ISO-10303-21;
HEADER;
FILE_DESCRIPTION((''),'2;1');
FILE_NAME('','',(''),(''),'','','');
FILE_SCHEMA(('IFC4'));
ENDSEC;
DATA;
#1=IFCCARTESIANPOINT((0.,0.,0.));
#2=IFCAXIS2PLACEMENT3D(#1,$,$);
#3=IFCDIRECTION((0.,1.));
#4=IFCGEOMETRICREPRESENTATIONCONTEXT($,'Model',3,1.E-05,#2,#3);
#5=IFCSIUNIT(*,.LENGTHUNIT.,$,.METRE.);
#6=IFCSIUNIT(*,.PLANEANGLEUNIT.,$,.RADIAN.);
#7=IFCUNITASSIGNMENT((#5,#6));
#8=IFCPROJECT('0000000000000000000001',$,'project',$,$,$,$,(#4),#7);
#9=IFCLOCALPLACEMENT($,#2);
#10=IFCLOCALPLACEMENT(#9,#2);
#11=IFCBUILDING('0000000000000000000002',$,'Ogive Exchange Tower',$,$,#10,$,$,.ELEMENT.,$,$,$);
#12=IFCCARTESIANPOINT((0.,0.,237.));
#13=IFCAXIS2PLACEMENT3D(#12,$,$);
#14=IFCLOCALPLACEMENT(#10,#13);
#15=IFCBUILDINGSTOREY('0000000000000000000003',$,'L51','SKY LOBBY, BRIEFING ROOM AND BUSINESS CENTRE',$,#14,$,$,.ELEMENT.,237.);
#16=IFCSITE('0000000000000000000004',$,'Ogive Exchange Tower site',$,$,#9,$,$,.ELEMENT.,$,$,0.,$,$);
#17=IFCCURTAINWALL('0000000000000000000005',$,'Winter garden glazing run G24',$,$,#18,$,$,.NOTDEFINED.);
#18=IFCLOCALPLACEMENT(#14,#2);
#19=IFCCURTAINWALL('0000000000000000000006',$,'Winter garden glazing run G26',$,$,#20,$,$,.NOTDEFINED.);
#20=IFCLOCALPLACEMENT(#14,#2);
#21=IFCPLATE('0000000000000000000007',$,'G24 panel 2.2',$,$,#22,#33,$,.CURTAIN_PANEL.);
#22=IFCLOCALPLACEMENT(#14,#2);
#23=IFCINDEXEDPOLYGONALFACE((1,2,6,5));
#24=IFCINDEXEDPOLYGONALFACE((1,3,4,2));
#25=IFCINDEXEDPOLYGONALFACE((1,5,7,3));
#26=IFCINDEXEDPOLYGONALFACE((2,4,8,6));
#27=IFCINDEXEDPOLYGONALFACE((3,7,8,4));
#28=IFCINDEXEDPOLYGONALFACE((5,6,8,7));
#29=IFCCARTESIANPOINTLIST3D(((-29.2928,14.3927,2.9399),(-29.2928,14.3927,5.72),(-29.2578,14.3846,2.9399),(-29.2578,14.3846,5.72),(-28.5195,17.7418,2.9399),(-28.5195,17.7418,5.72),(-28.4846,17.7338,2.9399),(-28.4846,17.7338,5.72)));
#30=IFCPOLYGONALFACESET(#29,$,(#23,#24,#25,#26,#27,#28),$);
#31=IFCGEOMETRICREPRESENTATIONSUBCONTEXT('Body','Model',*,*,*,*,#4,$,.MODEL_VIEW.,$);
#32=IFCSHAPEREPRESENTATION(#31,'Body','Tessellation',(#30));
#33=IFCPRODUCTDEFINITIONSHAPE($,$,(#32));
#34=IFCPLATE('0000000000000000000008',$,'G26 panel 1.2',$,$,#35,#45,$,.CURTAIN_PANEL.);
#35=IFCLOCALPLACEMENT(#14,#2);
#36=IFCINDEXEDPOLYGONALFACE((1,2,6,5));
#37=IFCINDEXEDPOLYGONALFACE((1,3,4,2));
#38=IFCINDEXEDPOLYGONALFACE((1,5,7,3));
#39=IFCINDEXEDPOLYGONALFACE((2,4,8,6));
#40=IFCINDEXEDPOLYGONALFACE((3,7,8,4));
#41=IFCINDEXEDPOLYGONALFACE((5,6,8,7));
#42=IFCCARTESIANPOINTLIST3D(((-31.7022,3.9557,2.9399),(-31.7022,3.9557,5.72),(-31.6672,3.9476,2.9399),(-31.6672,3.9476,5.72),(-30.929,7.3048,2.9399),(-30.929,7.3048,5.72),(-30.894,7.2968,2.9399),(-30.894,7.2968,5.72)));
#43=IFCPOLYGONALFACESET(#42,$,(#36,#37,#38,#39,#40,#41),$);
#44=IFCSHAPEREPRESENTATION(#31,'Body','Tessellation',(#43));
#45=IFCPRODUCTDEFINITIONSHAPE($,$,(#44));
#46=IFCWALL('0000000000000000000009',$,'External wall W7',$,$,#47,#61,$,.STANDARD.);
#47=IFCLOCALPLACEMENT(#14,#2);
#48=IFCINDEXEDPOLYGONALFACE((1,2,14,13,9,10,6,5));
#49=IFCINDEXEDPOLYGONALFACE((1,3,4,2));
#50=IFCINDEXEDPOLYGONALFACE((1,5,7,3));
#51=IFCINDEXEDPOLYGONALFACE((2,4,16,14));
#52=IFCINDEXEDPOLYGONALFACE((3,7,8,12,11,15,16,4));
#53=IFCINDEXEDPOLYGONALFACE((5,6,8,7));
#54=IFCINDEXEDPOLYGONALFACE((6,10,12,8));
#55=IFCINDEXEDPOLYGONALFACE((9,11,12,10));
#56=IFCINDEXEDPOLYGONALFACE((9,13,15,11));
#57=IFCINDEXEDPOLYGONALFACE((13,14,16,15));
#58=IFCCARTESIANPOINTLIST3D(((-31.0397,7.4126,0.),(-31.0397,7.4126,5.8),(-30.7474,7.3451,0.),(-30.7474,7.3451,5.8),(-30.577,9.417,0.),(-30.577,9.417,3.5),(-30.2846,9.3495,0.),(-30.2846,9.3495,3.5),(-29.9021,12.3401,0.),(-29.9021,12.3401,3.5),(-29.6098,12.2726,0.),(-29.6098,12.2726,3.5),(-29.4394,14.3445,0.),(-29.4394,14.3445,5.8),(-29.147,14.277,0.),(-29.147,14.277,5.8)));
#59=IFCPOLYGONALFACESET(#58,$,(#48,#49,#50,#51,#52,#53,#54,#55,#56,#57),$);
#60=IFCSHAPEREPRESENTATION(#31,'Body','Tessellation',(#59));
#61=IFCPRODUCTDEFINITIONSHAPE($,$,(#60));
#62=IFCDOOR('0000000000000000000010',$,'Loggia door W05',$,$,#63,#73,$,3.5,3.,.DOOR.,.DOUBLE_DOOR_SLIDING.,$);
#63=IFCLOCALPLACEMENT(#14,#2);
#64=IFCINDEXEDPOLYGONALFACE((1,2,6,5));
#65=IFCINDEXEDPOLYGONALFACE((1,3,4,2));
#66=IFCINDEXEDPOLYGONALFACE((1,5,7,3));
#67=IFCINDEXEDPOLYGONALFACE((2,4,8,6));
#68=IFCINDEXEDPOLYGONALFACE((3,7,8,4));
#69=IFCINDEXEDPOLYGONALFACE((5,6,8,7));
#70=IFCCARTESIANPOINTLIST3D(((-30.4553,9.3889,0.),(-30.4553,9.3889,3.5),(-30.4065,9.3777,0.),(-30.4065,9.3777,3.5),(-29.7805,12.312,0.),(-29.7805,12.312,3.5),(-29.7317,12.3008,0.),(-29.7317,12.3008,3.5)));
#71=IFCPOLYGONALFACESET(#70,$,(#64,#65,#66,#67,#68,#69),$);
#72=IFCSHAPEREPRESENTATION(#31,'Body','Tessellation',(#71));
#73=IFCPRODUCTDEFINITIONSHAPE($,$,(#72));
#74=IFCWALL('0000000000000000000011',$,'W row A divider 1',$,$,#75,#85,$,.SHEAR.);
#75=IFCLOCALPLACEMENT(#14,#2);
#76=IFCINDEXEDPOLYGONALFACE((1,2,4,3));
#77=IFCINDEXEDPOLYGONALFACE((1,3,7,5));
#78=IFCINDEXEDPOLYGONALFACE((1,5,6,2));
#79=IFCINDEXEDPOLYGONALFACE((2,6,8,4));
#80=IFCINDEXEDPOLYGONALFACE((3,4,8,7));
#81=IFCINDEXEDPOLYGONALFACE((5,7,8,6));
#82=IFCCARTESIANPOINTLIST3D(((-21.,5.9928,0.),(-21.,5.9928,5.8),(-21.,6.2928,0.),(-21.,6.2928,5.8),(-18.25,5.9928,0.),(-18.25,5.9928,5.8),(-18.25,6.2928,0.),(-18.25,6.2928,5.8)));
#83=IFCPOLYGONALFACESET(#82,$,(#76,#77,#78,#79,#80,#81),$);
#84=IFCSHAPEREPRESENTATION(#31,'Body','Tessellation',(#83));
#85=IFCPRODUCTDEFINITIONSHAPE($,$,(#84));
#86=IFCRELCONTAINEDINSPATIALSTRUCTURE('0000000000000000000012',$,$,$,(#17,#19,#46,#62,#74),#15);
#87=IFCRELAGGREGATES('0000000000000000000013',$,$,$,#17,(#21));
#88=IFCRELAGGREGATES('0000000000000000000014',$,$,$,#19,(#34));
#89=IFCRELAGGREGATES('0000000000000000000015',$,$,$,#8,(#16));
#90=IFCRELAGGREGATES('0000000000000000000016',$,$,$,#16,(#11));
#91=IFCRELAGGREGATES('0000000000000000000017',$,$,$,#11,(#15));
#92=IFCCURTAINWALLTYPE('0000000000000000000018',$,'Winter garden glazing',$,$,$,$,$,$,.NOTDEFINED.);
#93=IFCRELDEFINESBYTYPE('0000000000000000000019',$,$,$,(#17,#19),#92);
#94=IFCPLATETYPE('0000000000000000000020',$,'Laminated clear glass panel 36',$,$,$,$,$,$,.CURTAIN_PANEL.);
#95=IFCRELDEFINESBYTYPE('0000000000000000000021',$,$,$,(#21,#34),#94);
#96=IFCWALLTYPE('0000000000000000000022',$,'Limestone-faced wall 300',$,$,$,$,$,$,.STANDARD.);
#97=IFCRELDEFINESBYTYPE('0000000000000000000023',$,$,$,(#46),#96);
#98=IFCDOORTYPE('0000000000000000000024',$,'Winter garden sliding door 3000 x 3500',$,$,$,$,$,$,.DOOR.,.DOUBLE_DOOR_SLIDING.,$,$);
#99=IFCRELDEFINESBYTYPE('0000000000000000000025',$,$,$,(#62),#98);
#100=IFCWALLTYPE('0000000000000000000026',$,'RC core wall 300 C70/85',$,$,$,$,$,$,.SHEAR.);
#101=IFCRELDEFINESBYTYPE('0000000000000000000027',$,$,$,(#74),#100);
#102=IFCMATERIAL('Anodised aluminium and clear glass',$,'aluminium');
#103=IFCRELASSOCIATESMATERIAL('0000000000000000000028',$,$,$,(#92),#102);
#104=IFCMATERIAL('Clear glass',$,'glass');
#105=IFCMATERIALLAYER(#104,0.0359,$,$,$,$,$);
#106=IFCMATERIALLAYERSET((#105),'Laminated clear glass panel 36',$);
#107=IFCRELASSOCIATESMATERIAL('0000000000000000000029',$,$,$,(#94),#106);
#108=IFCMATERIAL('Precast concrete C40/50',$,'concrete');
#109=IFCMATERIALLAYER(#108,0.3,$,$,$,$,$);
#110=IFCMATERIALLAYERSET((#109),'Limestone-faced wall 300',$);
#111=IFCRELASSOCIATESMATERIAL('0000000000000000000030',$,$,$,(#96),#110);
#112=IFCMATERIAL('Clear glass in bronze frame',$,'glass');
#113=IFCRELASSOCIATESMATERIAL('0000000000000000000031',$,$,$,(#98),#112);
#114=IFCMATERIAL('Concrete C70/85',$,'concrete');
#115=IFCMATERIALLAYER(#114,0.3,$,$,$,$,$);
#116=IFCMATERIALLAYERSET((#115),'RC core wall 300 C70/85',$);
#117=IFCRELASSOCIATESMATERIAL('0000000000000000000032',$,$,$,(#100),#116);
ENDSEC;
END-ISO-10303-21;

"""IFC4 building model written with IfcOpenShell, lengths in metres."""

from ifc_helpers import new_model, si_unit, direction, frame, frame_2d, origin, origin_2d, place, context, subcontext, project, spatial, rectangle, extrude, material, layer, layer_set, type_object, element, fill, aggregate, save


model = new_model("IFC4")

# Units and contexts
model_context = context("Model", 3, precision=1e-05, world=origin(), true_north=direction((0.0, 1.0)))
body_context = subcontext(model_context, "Body", "Model", "MODEL_VIEW")
ifc_project = project(units=[si_unit("LENGTHUNIT", "METRE"), si_unit("PLANEANGLEUNIT", "RADIAN")], contexts=[model_context])

# Site, building, storey
site_placement = place(None, origin())
site = spatial("IfcSite", under=ifc_project, at=site_placement, Name="Ogive Exchange Tower site", CompositionType="ELEMENT", RefElevation=0.0)
building_placement = place(site_placement, origin())
building = spatial("IfcBuilding", under=site, at=building_placement, Name="Ogive Exchange Tower", CompositionType="ELEMENT")
storey_placement = place(building_placement, frame((0.0, 0.0, 237.0)))
storey = spatial("IfcBuildingStorey", under=building, at=storey_placement, Name="L51", Description="SKY LOBBY, BRIEFING ROOM AND BUSINESS CENTRE", CompositionType="ELEMENT", Elevation=237.0)

# Curtain wall
ifc_material_1 = material(Name="Anodised aluminium and clear glass", Category="aluminium")
curtain_wall_type = type_object("IfcCurtainWallType", Name="Winter garden glazing", PredefinedType="NOTDEFINED", material=ifc_material_1)
curtain_wall_1_placement = place(storey_placement, origin())
curtain_wall_1 = element("IfcCurtainWall", 1, at=curtain_wall_1_placement, inside=storey, type_object=curtain_wall_type, Name="Winter garden glazing run G24", PredefinedType="NOTDEFINED")

# Curtain wall
curtain_wall_2_placement = place(storey_placement, origin())
curtain_wall_2 = element("IfcCurtainWall", 2, at=curtain_wall_2_placement, inside=storey, type_object=curtain_wall_type, Name="Winter garden glazing run G26", PredefinedType="NOTDEFINED")

# Plates
ifc_material_2 = material(Name="Clear glass", Category="glass")
ifc_layer_1 = layer(ifc_material_2, 0.0359)
ifc_layer_set_1 = layer_set([ifc_layer_1], Name="Laminated clear glass panel 36")
plate_type = type_object("IfcPlateType", Name="Laminated clear glass panel 36", PredefinedType="CURTAIN_PANEL", material=ifc_layer_set_1)
plate_1_placement = place(storey_placement, frame((-28.8887, 16.0632, 2.9399), z_axis=(0.0, 0.0, 1.0), x_axis=(-0.224954, -0.974369, 0.0)))
plate_1 = element("IfcPlate", 3, at=plate_1_placement, type_object=plate_type, Name="G24 panel 2.2", PredefinedType="CURTAIN_PANEL", context=body_context, shape_type="SweptSolid", body=[
    extrude(rectangle(XDim=3.4373, YDim=0.0359, at=origin_2d()), origin(), (0.0, 0.0, 1.0), 2.78),
])
aggregate(curtain_wall_1, [plate_1])
plate_2_placement = place(storey_placement, frame((-31.2981, 5.6262, 2.9399), z_axis=(0.0, 0.0, 1.0), x_axis=(-0.224954, -0.974369, 0.0)))
plate_2 = element("IfcPlate", 4, at=plate_2_placement, type_object=plate_type, Name="G26 panel 1.2", PredefinedType="CURTAIN_PANEL", context=body_context, shape_type="SweptSolid", body=[
    extrude(rectangle(XDim=3.4373, YDim=0.0359, at=origin_2d()), origin(), (0.0, 0.0, 1.0), 2.78),
])
aggregate(curtain_wall_2, [plate_2])

# Wall, opening, door
ifc_material_3 = material(Name="Precast concrete C40/50", Category="concrete")
ifc_layer_2 = layer(ifc_material_3, 0.3)
ifc_layer_set_2 = layer_set([ifc_layer_2], Name="Limestone-faced wall 300")
wall_type_1 = type_object("IfcWallType", Name="Limestone-faced wall 300", PredefinedType="STANDARD", material=ifc_layer_set_2)
wall_1_placement = place(storey_placement, frame((-29.2932, 14.3108, 0.0), z_axis=(0.0, 0.0, 1.0), x_axis=(-0.22495, -0.97437, 0.0)))
wall_1 = element("IfcWall", 5, at=wall_1_placement, inside=storey, type_object=wall_type_1, Name="External wall W7", PredefinedType="STANDARD", context=body_context, shape_type="SweptSolid", body=[
    extrude(rectangle(XDim=7.1143, YDim=0.3, at=frame_2d((3.5571, 0.0))), origin(), (0.0, 0.0, 1.0), 5.8),
])
opening_placement = place(wall_1_placement, frame((2.0571, 0.0, 0.0)))
opening = element("IfcOpeningElement", 6, at=opening_placement, cuts=wall_1, PredefinedType="OPENING", context=body_context, shape_type="SweptSolid", body=[
    extrude(rectangle(XDim=3.0, YDim=3.5, at=frame_2d((1.5, 1.75))), frame((0.0, 0.1599, 0.0), z_axis=(0.0, -1.0, 0.0), x_axis=(1.0, 0.0, 0.0)), (0.0, 0.0, 1.0), 0.3201),
])
ifc_material_4 = material(Name="Clear glass in bronze frame", Category="glass")
door_type = type_object("IfcDoorType", Name="Winter garden sliding door 3000 x 3500", OperationType="DOUBLE_DOOR_SLIDING", PredefinedType="DOOR", material=ifc_material_4)
door_placement = place(opening_placement, origin())
door = element("IfcDoor", 7, at=door_placement, inside=storey, type_object=door_type, Name="Loggia door W05", OperationType="DOUBLE_DOOR_SLIDING", OverallHeight=3.5, OverallWidth=3.0, PredefinedType="DOOR", context=body_context, shape_type="SweptSolid", body=[
    extrude(rectangle(XDim=3.0, YDim=3.5, at=frame_2d((1.5, 1.75))), frame((0.0, 0.0249, 0.0), z_axis=(0.0, -1.0, 0.0), x_axis=(1.0, 0.0, 0.0)), (0.0, 0.0, 1.0), 0.05),
])
fill(opening, door)

# Wall
ifc_material_5 = material(Name="Concrete C70/85", Category="concrete")
ifc_layer_3 = layer(ifc_material_5, 0.3)
ifc_layer_set_3 = layer_set([ifc_layer_3], Name="RC core wall 300 C70/85")
wall_type_2 = type_object("IfcWallType", Name="RC core wall 300 C70/85", PredefinedType="SHEAR", material=ifc_layer_set_3)
wall_2_placement = place(storey_placement, frame((-21.0, 6.1428, 0.0), z_axis=(0.0, 0.0, 1.0), x_axis=(1.0, 0.0, 0.0)))
element("IfcWall", 8, at=wall_2_placement, inside=storey, type_object=wall_type_2, Name="W row A divider 1", PredefinedType="SHEAR", context=body_context, shape_type="SweptSolid", body=[
    extrude(rectangle(XDim=2.75, YDim=0.3, at=frame_2d((1.375, 0.0))), origin(), (0.0, 0.0, 1.0), 5.8),
])

save(model, "model.ifc")
